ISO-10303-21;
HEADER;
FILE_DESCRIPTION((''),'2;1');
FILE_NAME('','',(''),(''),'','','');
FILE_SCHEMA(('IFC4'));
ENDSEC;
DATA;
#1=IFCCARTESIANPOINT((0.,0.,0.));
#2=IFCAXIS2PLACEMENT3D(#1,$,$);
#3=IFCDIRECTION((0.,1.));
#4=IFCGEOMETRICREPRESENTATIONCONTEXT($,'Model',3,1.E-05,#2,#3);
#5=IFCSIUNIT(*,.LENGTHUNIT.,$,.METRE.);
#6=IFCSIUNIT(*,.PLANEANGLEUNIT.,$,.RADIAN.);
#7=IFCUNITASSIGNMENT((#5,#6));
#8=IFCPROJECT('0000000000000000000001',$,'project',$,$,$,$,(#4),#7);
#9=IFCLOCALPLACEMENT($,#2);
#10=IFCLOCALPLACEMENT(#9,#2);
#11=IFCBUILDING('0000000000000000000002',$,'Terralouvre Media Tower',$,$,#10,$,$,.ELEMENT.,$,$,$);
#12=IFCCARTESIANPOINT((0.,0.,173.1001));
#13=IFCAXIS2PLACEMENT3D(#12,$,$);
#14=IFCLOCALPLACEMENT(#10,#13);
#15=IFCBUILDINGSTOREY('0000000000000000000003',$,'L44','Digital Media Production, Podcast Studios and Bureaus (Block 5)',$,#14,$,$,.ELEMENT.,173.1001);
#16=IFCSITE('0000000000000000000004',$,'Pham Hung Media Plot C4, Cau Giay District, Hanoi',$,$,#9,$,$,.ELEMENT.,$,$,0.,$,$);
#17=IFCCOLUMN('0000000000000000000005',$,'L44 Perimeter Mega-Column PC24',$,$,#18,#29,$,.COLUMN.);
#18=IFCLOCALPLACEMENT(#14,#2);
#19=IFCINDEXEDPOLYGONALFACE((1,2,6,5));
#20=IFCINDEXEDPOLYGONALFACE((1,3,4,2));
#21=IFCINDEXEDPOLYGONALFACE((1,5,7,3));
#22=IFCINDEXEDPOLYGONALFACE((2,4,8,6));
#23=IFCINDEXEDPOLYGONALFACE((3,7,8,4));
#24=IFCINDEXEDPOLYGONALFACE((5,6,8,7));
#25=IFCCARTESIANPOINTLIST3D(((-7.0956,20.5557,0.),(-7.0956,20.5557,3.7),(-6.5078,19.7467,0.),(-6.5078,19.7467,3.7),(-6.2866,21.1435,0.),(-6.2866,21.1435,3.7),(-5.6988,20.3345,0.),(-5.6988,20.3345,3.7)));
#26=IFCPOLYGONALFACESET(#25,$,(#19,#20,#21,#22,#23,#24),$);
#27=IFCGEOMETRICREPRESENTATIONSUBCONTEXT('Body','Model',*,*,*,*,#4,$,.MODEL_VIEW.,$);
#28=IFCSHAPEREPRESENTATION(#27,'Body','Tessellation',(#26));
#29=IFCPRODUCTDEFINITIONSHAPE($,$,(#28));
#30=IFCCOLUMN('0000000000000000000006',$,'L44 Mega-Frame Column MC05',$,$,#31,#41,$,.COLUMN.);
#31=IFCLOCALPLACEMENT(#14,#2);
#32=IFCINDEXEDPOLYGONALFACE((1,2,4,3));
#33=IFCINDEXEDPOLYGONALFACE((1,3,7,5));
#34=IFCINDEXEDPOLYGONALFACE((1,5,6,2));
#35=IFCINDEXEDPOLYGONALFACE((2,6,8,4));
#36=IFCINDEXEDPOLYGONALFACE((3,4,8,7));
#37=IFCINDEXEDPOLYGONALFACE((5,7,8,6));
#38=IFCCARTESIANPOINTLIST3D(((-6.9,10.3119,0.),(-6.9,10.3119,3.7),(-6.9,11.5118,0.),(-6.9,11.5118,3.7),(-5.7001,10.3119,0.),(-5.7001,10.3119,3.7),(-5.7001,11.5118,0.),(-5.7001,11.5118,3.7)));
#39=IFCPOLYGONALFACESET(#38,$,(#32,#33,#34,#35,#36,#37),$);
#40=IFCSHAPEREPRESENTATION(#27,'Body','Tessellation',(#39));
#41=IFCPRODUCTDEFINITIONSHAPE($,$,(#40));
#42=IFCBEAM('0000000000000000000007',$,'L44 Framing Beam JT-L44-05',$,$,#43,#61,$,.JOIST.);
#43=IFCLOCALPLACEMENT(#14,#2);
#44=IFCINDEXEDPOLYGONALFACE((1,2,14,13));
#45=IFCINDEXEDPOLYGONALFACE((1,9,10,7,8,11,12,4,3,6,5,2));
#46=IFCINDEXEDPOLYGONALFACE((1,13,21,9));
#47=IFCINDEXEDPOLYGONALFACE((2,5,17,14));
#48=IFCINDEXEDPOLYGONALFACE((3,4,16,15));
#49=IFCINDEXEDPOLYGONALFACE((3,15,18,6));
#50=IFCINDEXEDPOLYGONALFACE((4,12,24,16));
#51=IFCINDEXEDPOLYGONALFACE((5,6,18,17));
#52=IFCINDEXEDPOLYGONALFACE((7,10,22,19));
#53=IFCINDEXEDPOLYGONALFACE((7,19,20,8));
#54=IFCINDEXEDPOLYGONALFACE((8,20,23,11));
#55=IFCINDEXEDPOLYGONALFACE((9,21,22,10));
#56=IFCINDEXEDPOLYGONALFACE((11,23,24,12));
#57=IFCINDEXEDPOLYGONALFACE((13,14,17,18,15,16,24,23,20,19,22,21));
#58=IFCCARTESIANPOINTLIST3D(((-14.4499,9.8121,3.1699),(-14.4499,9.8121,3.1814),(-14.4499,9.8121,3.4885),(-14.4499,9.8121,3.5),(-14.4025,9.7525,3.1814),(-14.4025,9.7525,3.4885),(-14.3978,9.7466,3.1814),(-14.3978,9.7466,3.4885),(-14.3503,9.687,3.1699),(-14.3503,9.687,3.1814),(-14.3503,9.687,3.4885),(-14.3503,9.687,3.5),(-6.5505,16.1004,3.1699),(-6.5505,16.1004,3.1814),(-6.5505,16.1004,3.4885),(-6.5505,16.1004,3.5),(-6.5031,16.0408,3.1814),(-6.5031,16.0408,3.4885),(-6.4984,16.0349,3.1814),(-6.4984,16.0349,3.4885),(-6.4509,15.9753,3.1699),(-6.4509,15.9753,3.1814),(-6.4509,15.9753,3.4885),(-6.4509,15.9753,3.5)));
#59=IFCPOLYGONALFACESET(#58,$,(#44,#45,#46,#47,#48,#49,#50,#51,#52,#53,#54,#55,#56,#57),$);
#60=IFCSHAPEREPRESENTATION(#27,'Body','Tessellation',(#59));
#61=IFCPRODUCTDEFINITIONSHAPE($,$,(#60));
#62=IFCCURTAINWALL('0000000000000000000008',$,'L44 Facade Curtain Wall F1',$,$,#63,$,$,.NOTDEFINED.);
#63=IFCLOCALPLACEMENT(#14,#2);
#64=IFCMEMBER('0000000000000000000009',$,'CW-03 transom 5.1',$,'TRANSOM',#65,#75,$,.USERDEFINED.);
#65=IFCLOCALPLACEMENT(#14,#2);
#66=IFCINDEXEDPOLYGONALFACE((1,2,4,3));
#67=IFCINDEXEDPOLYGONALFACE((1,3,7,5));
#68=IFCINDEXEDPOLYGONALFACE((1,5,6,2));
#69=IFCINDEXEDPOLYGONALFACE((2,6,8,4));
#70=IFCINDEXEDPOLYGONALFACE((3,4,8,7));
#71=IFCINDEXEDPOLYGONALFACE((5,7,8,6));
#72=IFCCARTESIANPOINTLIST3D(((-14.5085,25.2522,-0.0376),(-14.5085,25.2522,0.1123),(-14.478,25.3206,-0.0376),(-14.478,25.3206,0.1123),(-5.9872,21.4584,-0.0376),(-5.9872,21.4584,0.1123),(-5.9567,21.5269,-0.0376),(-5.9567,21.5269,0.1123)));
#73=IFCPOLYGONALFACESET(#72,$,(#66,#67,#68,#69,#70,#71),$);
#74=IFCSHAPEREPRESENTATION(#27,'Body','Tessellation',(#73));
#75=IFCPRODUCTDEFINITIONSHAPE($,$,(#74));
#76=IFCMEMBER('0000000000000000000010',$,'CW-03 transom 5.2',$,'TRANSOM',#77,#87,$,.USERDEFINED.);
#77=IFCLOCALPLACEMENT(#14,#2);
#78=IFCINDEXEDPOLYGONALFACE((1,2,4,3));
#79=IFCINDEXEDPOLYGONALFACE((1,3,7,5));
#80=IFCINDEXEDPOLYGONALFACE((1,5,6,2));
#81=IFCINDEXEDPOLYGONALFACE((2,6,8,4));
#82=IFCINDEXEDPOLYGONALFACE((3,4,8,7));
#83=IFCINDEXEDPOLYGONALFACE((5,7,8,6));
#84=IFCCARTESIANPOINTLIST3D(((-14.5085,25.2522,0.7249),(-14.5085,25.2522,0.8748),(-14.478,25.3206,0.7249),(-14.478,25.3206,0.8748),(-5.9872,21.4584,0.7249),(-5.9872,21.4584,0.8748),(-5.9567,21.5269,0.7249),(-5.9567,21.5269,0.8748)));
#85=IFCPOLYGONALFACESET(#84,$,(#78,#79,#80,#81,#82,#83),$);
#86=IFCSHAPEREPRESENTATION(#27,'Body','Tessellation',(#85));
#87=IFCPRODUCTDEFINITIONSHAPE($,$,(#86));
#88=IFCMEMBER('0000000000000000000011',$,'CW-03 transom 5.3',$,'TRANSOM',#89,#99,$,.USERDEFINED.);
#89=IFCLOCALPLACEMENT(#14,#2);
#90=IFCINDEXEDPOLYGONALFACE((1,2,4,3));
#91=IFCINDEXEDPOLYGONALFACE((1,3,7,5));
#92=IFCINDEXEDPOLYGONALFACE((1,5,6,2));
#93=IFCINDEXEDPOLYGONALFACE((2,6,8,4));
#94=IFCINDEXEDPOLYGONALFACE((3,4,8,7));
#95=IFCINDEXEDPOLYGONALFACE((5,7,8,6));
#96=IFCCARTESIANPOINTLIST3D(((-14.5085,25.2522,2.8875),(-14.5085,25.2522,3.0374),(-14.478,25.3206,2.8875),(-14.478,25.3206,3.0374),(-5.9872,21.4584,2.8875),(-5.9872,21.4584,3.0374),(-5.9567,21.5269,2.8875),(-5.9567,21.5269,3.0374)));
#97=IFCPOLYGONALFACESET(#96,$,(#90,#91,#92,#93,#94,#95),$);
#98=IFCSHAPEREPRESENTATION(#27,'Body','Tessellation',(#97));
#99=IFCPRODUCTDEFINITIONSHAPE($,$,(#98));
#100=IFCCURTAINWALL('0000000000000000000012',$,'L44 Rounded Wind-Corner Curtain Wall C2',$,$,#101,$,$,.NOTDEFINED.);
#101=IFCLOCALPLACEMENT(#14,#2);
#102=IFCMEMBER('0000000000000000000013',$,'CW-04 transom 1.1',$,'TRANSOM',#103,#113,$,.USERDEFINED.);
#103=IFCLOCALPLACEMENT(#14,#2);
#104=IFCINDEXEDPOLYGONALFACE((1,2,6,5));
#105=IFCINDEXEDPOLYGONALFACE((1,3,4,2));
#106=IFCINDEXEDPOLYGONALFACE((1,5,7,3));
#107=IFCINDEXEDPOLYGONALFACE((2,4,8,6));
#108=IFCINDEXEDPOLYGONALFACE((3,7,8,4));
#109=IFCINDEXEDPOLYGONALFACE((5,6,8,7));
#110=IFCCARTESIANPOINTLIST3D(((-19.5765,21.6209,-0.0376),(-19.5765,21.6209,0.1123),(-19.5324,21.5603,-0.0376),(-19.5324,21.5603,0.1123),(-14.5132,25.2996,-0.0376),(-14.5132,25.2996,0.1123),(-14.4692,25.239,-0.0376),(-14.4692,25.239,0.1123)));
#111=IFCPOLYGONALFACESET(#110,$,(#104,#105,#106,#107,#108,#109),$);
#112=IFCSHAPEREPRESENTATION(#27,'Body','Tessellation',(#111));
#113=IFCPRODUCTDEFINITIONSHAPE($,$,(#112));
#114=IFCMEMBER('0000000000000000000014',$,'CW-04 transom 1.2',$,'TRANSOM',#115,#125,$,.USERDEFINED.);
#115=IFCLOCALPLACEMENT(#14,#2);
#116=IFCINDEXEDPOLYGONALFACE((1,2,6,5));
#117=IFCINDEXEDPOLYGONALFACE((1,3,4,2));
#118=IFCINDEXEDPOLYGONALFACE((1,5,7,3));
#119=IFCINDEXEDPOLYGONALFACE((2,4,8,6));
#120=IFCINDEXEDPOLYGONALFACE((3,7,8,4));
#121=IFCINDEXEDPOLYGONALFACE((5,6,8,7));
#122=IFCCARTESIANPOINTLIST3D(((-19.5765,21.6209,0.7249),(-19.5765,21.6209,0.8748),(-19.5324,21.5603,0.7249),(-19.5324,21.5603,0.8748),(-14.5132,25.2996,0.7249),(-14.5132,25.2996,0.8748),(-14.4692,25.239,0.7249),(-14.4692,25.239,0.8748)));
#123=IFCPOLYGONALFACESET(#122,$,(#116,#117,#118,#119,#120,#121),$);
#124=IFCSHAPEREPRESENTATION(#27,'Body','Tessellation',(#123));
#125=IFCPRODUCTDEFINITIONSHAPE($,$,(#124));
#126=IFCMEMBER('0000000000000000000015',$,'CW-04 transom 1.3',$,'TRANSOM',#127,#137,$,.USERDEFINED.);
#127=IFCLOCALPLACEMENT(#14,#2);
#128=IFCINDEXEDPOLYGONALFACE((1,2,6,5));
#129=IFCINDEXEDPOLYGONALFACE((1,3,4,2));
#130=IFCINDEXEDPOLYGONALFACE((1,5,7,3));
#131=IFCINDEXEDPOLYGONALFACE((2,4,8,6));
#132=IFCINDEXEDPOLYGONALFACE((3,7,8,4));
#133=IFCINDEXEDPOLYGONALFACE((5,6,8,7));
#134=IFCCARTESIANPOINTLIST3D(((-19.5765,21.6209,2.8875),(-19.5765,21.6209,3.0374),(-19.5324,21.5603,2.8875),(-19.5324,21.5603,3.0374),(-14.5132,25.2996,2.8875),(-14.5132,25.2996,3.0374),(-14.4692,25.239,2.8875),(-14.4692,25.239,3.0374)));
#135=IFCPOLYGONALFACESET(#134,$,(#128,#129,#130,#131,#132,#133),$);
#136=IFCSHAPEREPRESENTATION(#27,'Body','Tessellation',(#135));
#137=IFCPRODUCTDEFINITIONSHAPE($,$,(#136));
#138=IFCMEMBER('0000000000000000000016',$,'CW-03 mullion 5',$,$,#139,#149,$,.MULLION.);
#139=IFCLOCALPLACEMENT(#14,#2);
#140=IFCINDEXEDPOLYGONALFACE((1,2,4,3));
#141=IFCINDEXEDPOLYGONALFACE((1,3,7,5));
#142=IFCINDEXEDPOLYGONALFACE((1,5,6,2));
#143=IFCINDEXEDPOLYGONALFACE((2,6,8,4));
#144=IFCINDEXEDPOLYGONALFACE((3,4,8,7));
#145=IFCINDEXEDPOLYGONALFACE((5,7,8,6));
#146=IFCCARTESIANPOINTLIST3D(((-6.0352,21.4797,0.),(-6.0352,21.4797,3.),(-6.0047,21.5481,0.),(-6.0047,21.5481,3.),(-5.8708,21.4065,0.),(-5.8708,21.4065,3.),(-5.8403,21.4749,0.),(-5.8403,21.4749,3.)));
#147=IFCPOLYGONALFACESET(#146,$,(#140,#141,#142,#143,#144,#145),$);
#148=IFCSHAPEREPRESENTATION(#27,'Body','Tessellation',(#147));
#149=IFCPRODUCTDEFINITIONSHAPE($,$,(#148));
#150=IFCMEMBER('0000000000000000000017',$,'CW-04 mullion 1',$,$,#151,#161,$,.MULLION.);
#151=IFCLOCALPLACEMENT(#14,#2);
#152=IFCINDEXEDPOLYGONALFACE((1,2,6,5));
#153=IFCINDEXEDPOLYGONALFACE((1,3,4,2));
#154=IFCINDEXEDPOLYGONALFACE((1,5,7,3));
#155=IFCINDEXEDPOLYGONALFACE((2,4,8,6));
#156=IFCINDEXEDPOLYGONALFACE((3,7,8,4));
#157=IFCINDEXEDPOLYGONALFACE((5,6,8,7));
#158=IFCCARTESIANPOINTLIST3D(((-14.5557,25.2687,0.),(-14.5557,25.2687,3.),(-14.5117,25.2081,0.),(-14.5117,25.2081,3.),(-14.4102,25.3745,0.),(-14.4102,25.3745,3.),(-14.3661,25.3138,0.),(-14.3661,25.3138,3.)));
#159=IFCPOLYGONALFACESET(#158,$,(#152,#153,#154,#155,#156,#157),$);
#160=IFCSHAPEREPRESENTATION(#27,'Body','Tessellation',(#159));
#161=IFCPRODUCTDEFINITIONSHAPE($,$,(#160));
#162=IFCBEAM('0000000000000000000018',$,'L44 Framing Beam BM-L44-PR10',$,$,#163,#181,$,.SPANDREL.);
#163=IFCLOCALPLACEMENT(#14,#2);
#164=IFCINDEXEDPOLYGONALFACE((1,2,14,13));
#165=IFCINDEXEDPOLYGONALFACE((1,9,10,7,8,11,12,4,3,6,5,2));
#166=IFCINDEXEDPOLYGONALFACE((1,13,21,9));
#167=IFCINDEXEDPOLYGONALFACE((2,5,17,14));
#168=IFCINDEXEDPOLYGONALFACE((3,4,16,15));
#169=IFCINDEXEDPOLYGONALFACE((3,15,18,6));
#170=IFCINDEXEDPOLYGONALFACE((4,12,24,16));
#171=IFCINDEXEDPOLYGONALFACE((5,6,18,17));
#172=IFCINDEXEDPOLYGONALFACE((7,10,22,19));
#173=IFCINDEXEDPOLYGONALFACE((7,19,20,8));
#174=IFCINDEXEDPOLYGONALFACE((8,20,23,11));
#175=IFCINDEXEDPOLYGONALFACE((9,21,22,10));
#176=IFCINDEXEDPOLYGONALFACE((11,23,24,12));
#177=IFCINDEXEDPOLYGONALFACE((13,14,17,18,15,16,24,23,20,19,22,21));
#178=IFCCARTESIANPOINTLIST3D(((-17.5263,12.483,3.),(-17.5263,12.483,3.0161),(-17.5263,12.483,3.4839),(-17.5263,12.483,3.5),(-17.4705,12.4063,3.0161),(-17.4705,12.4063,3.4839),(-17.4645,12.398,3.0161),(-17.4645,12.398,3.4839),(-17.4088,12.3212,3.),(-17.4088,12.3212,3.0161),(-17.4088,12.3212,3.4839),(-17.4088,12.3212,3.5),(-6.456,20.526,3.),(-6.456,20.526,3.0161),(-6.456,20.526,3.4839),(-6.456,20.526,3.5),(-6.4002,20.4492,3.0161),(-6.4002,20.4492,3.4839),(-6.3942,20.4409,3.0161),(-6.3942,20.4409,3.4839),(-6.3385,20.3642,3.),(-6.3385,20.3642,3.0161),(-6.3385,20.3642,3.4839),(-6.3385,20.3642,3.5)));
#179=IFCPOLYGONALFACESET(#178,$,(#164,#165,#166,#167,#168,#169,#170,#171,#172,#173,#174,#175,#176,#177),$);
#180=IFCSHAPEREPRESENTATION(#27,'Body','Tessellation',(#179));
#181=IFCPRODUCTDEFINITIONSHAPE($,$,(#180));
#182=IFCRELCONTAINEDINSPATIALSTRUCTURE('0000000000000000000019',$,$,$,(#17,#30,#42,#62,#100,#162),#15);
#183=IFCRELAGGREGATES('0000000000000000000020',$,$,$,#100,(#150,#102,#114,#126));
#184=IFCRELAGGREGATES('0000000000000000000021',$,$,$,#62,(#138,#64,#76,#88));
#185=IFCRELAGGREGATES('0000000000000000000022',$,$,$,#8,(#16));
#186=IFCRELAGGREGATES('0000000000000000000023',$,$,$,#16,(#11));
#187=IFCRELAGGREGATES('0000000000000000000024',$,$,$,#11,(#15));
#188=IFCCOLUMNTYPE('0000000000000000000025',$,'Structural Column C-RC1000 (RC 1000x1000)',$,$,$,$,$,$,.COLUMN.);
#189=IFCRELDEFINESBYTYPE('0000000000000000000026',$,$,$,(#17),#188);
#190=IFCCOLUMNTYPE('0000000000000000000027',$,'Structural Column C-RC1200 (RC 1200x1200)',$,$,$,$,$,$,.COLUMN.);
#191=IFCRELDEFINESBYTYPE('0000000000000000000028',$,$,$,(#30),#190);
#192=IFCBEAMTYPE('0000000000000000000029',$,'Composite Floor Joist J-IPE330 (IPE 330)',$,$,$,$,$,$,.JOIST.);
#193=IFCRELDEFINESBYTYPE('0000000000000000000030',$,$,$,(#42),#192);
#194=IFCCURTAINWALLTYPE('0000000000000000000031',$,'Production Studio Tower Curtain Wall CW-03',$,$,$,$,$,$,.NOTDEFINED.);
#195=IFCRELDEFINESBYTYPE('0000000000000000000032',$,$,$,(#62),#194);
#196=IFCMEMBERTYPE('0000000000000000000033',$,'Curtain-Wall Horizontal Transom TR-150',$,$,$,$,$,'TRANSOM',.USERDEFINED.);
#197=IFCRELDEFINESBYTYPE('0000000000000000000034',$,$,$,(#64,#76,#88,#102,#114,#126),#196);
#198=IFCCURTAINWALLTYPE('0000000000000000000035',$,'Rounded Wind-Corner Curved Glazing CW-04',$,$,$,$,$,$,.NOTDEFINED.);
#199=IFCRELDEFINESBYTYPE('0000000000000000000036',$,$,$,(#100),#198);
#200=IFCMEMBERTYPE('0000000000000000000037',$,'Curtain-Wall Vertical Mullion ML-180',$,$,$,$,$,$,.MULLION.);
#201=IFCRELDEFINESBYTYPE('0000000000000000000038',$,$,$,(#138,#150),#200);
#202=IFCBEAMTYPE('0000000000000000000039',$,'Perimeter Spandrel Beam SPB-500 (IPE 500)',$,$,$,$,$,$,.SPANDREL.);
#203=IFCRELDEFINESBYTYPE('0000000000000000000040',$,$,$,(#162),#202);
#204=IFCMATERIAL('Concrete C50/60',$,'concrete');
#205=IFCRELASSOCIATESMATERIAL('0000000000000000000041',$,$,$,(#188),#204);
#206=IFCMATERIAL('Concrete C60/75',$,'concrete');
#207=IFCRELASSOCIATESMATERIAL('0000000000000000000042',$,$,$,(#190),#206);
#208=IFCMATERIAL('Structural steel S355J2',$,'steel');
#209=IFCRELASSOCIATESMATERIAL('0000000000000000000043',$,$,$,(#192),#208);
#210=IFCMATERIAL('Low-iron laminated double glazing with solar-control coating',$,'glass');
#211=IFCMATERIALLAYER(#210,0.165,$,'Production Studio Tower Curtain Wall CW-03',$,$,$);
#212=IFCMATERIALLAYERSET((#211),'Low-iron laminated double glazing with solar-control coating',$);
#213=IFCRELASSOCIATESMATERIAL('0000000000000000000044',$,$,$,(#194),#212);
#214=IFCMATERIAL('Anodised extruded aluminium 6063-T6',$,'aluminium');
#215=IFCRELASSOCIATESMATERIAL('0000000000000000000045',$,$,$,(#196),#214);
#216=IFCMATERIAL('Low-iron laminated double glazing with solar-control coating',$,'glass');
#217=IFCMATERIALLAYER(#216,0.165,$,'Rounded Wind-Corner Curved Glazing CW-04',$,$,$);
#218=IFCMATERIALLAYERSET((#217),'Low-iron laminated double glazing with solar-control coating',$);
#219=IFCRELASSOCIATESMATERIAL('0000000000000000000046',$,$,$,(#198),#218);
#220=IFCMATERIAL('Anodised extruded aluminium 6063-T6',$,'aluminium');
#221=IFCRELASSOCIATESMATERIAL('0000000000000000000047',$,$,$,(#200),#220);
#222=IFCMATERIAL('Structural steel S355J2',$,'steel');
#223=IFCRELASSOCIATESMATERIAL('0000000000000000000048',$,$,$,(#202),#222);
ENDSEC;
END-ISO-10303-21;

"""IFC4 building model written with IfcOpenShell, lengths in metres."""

from ifc_helpers import new_model, si_unit, direction, frame, origin, origin_2d, place, context, subcontext, project, spatial, rectangle, i_section, extrude, material, layer, layer_set, material_profile, profile_set, type_object, element, aggregate, save


model = new_model("IFC4")

# Units and contexts
model_context = context("Model", 3, precision=1e-05, world=origin(), true_north=direction((0.0, 1.0)))
body_context = subcontext(model_context, "Body", "Model", "MODEL_VIEW")
ifc_project = project(units=[si_unit("LENGTHUNIT", "METRE"), si_unit("PLANEANGLEUNIT", "RADIAN")], contexts=[model_context])

# Site, building, storey
site_placement = place(None, origin())
site = spatial("IfcSite", under=ifc_project, at=site_placement, Name="Pham Hung Media Plot C4, Cau Giay District, Hanoi", CompositionType="ELEMENT", RefElevation=0.0)
building_placement = place(site_placement, origin())
building = spatial("IfcBuilding", under=site, at=building_placement, Name="Terralouvre Media Tower", CompositionType="ELEMENT")
storey_placement = place(building_placement, frame((0.0, 0.0, 173.1001)))
storey = spatial("IfcBuildingStorey", under=building, at=storey_placement, Name="L44", Description="Digital Media Production, Podcast Studios and Bureaus (Block 5)", CompositionType="ELEMENT", Elevation=173.1001)

# Columns
ifc_material_1 = material(Name="Concrete C50/60", Category="concrete")
ifc_material_profile_1 = material_profile(ifc_material_1, rectangle(XDim=1.0, YDim=1.0, at=origin_2d()), Name="RC 1000x1000")
ifc_profile_set_1 = profile_set([ifc_material_profile_1], Name="Concrete C50/60")
column_type_1 = type_object("IfcColumnType", Name="Structural Column C-RC1000 (RC 1000x1000)", PredefinedType="COLUMN", material=ifc_profile_set_1)
column_1_placement = place(storey_placement, frame((-6.3972, 20.4451, 0.0), z_axis=(0.0, 0.0, 1.0), x_axis=(0.809017, 0.587785, 0.0)))
element("IfcColumn", 1, at=column_1_placement, inside=storey, type_object=column_type_1, Name="L44 Perimeter Mega-Column PC24", PredefinedType="COLUMN", context=body_context, shape_type="SweptSolid", body=[
    extrude(rectangle(XDim=1.0, YDim=1.0, at=origin_2d()), origin(), (0.0, 0.0, 1.0), 3.7),
])
ifc_material_2 = material(Name="Concrete C60/75", Category="concrete")
ifc_material_profile_2 = material_profile(ifc_material_2, rectangle(XDim=1.2, YDim=1.2, at=origin_2d()), Name="RC 1200x1200")
ifc_profile_set_2 = profile_set([ifc_material_profile_2], Name="Concrete C60/75")
column_type_2 = type_object("IfcColumnType", Name="Structural Column C-RC1200 (RC 1200x1200)", PredefinedType="COLUMN", material=ifc_profile_set_2)
column_2_placement = place(storey_placement, frame((-6.3, 10.9119, 0.0), z_axis=(0.0, 0.0, 1.0), x_axis=(1.0, 0.0, 0.0)))
element("IfcColumn", 2, at=column_2_placement, inside=storey, type_object=column_type_2, Name="L44 Mega-Frame Column MC05", PredefinedType="COLUMN", context=body_context, shape_type="SweptSolid", body=[
    extrude(rectangle(XDim=1.2, YDim=1.2, at=origin_2d()), origin(), (0.0, 0.0, 1.0), 3.7),
])

# Beam
ifc_material_3 = material(Name="Structural steel S355J2", Category="steel")
ifc_material_profile_3 = material_profile(ifc_material_3, i_section(OverallWidth=0.1599, OverallDepth=0.3301, WebThickness=0.0076, FlangeThickness=0.0115, at=origin_2d()), Name="IPE 330")
ifc_profile_set_3 = profile_set([ifc_material_profile_3], Name="Structural steel S355J2")
beam_type_1 = type_object("IfcBeamType", Name="Composite Floor Joist J-IPE330 (IPE 330)", PredefinedType="JOIST", material=ifc_profile_set_3)
beam_1_placement = place(storey_placement, frame((-6.5007, 16.0378, 3.335), z_axis=(-0.782374, -0.622809, 0.0), x_axis=(0.622809, -0.782374, 0.0)))
element("IfcBeam", 3, at=beam_1_placement, inside=storey, type_object=beam_type_1, Name="L44 Framing Beam JT-L44-05", PredefinedType="JOIST", context=body_context, shape_type="SweptSolid", body=[
    extrude(i_section(OverallWidth=0.1599, OverallDepth=0.3301, WebThickness=0.0076, FlangeThickness=0.0115, at=origin_2d()), origin(), (0.0, 0.0, 1.0), 10.0967),
])

# Curtain walls, members
ifc_material_4 = material(Name="Low-iron laminated double glazing with solar-control coating", Category="glass")
ifc_layer_1 = layer(ifc_material_4, 0.165, Name="Production Studio Tower Curtain Wall CW-03")
ifc_layer_set_1 = layer_set([ifc_layer_1], Name="Low-iron laminated double glazing with solar-control coating")
curtain_wall_type_1 = type_object("IfcCurtainWallType", Name="Production Studio Tower Curtain Wall CW-03", PredefinedType="NOTDEFINED", material=ifc_layer_set_1)
curtain_wall_1_placement = place(storey_placement, origin())
curtain_wall_1 = element("IfcCurtainWall", 4, at=curtain_wall_1_placement, inside=storey, type_object=curtain_wall_type_1, Name="L44 Facade Curtain Wall F1", PredefinedType="NOTDEFINED")
ifc_material_5 = material(Name="Anodised extruded aluminium 6063-T6", Category="aluminium")
ifc_material_profile_4 = material_profile(ifc_material_5, rectangle(XDim=0.075, YDim=0.1499, at=origin_2d()), Name="ALU 75x150")
ifc_profile_set_4 = profile_set([ifc_material_profile_4], Name="Anodised extruded aluminium 6063-T6")
member_type_1 = type_object("IfcMemberType", Name="Curtain-Wall Horizontal Transom TR-150", ElementType="TRANSOM", PredefinedType="USERDEFINED", material=ifc_profile_set_4)
member_1_placement = place(storey_placement, frame((-5.9719, 21.4927, 0.0374), z_axis=(-0.913553, 0.406719, 0.0), x_axis=(-0.406719, -0.913553, 0.0)))
member_1 = element("IfcMember", 5, at=member_1_placement, type_object=member_type_1, Name="CW-03 transom 5.1", ObjectType="TRANSOM", PredefinedType="USERDEFINED", context=body_context, shape_type="SweptSolid", body=[
    extrude(rectangle(XDim=0.075, YDim=0.1499, at=origin_2d()), origin(), (0.0, 0.0, 1.0), 9.3276),
])
member_2_placement = place(storey_placement, frame((-5.9719, 21.4927, 0.7998), z_axis=(-0.913553, 0.406719, 0.0), x_axis=(-0.406719, -0.913553, 0.0)))
member_2 = element("IfcMember", 6, at=member_2_placement, type_object=member_type_1, Name="CW-03 transom 5.2", ObjectType="TRANSOM", PredefinedType="USERDEFINED", context=body_context, shape_type="SweptSolid", body=[
    extrude(rectangle(XDim=0.075, YDim=0.1499, at=origin_2d()), origin(), (0.0, 0.0, 1.0), 9.3276),
])
member_3_placement = place(storey_placement, frame((-5.9719, 21.4927, 2.9624), z_axis=(-0.913553, 0.406719, 0.0), x_axis=(-0.406719, -0.913553, 0.0)))
member_3 = element("IfcMember", 7, at=member_3_placement, type_object=member_type_1, Name="CW-03 transom 5.3", ObjectType="TRANSOM", PredefinedType="USERDEFINED", context=body_context, shape_type="SweptSolid", body=[
    extrude(rectangle(XDim=0.075, YDim=0.1499, at=origin_2d()), origin(), (0.0, 0.0, 1.0), 9.3276),
])
ifc_material_6 = material(Name="Low-iron laminated double glazing with solar-control coating", Category="glass")
ifc_layer_2 = layer(ifc_material_6, 0.165, Name="Rounded Wind-Corner Curved Glazing CW-04")
ifc_layer_set_2 = layer_set([ifc_layer_2], Name="Low-iron laminated double glazing with solar-control coating")
curtain_wall_type_2 = type_object("IfcCurtainWallType", Name="Rounded Wind-Corner Curved Glazing CW-04", PredefinedType="NOTDEFINED", material=ifc_layer_set_2)
curtain_wall_2_placement = place(storey_placement, origin())
curtain_wall_2 = element("IfcCurtainWall", 8, at=curtain_wall_2_placement, inside=storey, type_object=curtain_wall_type_2, Name="L44 Rounded Wind-Corner Curtain Wall C2", PredefinedType="NOTDEFINED")
member_4_placement = place(storey_placement, frame((-14.4912, 25.2693, 0.0374), z_axis=(-0.809013, -0.587791, 0.0), x_axis=(0.587791, -0.809013, 0.0)))
member_4 = element("IfcMember", 9, at=member_4_placement, type_object=member_type_1, Name="CW-04 transom 1.1", ObjectType="TRANSOM", PredefinedType="USERDEFINED", context=body_context, shape_type="SweptSolid", body=[
    extrude(rectangle(XDim=0.075, YDim=0.1499, at=origin_2d()), origin(), (0.0, 0.0, 1.0), 6.2585),
])
member_5_placement = place(storey_placement, frame((-14.4912, 25.2693, 0.7998), z_axis=(-0.809013, -0.587791, 0.0), x_axis=(0.587791, -0.809013, 0.0)))
member_5 = element("IfcMember", 10, at=member_5_placement, type_object=member_type_1, Name="CW-04 transom 1.2", ObjectType="TRANSOM", PredefinedType="USERDEFINED", context=body_context, shape_type="SweptSolid", body=[
    extrude(rectangle(XDim=0.075, YDim=0.1499, at=origin_2d()), origin(), (0.0, 0.0, 1.0), 6.2585),
])
member_6_placement = place(storey_placement, frame((-14.4912, 25.2693, 2.9624), z_axis=(-0.809013, -0.587791, 0.0), x_axis=(0.587791, -0.809013, 0.0)))
member_6 = element("IfcMember", 11, at=member_6_placement, type_object=member_type_1, Name="CW-04 transom 1.3", ObjectType="TRANSOM", PredefinedType="USERDEFINED", context=body_context, shape_type="SweptSolid", body=[
    extrude(rectangle(XDim=0.075, YDim=0.1499, at=origin_2d()), origin(), (0.0, 0.0, 1.0), 6.2585),
])

# Members
ifc_material_7 = material(Name="Anodised extruded aluminium 6063-T6", Category="aluminium")
ifc_material_profile_5 = material_profile(ifc_material_7, rectangle(XDim=0.075, YDim=0.1799, at=origin_2d()), Name="ALU 75x180")
ifc_profile_set_5 = profile_set([ifc_material_profile_5], Name="Anodised extruded aluminium 6063-T6")
member_type_2 = type_object("IfcMemberType", Name="Curtain-Wall Vertical Mullion ML-180", PredefinedType="MULLION", material=ifc_profile_set_5)
member_7_placement = place(storey_placement, frame((-5.9377, 21.4773, 0.0), z_axis=(0.0, 0.0, 1.0), x_axis=(-0.406737, -0.913545, 0.0)))
member_7 = element("IfcMember", 12, at=member_7_placement, type_object=member_type_2, Name="CW-03 mullion 5", PredefinedType="MULLION", context=body_context, shape_type="SweptSolid", body=[
    extrude(rectangle(XDim=0.075, YDim=0.1799, at=origin_2d()), origin(), (0.0, 0.0, 1.0), 3.0),
])
member_8_placement = place(storey_placement, frame((-14.4609, 25.2913, 0.0), z_axis=(0.0, 0.0, 1.0), x_axis=(0.587785, -0.809017, 0.0)))
member_8 = element("IfcMember", 13, at=member_8_placement, type_object=member_type_2, Name="CW-04 mullion 1", PredefinedType="MULLION", context=body_context, shape_type="SweptSolid", body=[
    extrude(rectangle(XDim=0.075, YDim=0.1799, at=origin_2d()), origin(), (0.0, 0.0, 1.0), 3.0),
])
aggregate(curtain_wall_2, [member_8, member_4, member_5, member_6])

# Beam
ifc_material_8 = material(Name="Structural steel S355J2", Category="steel")
ifc_material_profile_6 = material_profile(ifc_material_8, i_section(OverallWidth=0.2, OverallDepth=0.5, WebThickness=0.0103, FlangeThickness=0.0161, at=origin_2d()), Name="IPE 500")
ifc_profile_set_6 = profile_set([ifc_material_profile_6], Name="Structural steel S355J2")
beam_type_2 = type_object("IfcBeamType", Name="Perimeter Spandrel Beam SPB-500 (IPE 500)", PredefinedType="SPANDREL", material=ifc_profile_set_6)
beam_2_placement = place(storey_placement, frame((-6.3972, 20.4451, 3.25), z_axis=(-0.80902, -0.587781, 0.0), x_axis=(0.587781, -0.80902, 0.0)))
element("IfcBeam", 14, at=beam_2_placement, inside=storey, type_object=beam_type_2, Name="L44 Framing Beam BM-L44-PR10", PredefinedType="SPANDREL", context=body_context, shape_type="SweptSolid", body=[
    extrude(i_section(OverallWidth=0.2, OverallDepth=0.5, WebThickness=0.0103, FlangeThickness=0.0161, at=origin_2d()), origin(), (0.0, 0.0, 1.0), 13.6836),
])

aggregate(curtain_wall_1, [member_7, member_1, member_2, member_3])

save(model, "model.ifc")
